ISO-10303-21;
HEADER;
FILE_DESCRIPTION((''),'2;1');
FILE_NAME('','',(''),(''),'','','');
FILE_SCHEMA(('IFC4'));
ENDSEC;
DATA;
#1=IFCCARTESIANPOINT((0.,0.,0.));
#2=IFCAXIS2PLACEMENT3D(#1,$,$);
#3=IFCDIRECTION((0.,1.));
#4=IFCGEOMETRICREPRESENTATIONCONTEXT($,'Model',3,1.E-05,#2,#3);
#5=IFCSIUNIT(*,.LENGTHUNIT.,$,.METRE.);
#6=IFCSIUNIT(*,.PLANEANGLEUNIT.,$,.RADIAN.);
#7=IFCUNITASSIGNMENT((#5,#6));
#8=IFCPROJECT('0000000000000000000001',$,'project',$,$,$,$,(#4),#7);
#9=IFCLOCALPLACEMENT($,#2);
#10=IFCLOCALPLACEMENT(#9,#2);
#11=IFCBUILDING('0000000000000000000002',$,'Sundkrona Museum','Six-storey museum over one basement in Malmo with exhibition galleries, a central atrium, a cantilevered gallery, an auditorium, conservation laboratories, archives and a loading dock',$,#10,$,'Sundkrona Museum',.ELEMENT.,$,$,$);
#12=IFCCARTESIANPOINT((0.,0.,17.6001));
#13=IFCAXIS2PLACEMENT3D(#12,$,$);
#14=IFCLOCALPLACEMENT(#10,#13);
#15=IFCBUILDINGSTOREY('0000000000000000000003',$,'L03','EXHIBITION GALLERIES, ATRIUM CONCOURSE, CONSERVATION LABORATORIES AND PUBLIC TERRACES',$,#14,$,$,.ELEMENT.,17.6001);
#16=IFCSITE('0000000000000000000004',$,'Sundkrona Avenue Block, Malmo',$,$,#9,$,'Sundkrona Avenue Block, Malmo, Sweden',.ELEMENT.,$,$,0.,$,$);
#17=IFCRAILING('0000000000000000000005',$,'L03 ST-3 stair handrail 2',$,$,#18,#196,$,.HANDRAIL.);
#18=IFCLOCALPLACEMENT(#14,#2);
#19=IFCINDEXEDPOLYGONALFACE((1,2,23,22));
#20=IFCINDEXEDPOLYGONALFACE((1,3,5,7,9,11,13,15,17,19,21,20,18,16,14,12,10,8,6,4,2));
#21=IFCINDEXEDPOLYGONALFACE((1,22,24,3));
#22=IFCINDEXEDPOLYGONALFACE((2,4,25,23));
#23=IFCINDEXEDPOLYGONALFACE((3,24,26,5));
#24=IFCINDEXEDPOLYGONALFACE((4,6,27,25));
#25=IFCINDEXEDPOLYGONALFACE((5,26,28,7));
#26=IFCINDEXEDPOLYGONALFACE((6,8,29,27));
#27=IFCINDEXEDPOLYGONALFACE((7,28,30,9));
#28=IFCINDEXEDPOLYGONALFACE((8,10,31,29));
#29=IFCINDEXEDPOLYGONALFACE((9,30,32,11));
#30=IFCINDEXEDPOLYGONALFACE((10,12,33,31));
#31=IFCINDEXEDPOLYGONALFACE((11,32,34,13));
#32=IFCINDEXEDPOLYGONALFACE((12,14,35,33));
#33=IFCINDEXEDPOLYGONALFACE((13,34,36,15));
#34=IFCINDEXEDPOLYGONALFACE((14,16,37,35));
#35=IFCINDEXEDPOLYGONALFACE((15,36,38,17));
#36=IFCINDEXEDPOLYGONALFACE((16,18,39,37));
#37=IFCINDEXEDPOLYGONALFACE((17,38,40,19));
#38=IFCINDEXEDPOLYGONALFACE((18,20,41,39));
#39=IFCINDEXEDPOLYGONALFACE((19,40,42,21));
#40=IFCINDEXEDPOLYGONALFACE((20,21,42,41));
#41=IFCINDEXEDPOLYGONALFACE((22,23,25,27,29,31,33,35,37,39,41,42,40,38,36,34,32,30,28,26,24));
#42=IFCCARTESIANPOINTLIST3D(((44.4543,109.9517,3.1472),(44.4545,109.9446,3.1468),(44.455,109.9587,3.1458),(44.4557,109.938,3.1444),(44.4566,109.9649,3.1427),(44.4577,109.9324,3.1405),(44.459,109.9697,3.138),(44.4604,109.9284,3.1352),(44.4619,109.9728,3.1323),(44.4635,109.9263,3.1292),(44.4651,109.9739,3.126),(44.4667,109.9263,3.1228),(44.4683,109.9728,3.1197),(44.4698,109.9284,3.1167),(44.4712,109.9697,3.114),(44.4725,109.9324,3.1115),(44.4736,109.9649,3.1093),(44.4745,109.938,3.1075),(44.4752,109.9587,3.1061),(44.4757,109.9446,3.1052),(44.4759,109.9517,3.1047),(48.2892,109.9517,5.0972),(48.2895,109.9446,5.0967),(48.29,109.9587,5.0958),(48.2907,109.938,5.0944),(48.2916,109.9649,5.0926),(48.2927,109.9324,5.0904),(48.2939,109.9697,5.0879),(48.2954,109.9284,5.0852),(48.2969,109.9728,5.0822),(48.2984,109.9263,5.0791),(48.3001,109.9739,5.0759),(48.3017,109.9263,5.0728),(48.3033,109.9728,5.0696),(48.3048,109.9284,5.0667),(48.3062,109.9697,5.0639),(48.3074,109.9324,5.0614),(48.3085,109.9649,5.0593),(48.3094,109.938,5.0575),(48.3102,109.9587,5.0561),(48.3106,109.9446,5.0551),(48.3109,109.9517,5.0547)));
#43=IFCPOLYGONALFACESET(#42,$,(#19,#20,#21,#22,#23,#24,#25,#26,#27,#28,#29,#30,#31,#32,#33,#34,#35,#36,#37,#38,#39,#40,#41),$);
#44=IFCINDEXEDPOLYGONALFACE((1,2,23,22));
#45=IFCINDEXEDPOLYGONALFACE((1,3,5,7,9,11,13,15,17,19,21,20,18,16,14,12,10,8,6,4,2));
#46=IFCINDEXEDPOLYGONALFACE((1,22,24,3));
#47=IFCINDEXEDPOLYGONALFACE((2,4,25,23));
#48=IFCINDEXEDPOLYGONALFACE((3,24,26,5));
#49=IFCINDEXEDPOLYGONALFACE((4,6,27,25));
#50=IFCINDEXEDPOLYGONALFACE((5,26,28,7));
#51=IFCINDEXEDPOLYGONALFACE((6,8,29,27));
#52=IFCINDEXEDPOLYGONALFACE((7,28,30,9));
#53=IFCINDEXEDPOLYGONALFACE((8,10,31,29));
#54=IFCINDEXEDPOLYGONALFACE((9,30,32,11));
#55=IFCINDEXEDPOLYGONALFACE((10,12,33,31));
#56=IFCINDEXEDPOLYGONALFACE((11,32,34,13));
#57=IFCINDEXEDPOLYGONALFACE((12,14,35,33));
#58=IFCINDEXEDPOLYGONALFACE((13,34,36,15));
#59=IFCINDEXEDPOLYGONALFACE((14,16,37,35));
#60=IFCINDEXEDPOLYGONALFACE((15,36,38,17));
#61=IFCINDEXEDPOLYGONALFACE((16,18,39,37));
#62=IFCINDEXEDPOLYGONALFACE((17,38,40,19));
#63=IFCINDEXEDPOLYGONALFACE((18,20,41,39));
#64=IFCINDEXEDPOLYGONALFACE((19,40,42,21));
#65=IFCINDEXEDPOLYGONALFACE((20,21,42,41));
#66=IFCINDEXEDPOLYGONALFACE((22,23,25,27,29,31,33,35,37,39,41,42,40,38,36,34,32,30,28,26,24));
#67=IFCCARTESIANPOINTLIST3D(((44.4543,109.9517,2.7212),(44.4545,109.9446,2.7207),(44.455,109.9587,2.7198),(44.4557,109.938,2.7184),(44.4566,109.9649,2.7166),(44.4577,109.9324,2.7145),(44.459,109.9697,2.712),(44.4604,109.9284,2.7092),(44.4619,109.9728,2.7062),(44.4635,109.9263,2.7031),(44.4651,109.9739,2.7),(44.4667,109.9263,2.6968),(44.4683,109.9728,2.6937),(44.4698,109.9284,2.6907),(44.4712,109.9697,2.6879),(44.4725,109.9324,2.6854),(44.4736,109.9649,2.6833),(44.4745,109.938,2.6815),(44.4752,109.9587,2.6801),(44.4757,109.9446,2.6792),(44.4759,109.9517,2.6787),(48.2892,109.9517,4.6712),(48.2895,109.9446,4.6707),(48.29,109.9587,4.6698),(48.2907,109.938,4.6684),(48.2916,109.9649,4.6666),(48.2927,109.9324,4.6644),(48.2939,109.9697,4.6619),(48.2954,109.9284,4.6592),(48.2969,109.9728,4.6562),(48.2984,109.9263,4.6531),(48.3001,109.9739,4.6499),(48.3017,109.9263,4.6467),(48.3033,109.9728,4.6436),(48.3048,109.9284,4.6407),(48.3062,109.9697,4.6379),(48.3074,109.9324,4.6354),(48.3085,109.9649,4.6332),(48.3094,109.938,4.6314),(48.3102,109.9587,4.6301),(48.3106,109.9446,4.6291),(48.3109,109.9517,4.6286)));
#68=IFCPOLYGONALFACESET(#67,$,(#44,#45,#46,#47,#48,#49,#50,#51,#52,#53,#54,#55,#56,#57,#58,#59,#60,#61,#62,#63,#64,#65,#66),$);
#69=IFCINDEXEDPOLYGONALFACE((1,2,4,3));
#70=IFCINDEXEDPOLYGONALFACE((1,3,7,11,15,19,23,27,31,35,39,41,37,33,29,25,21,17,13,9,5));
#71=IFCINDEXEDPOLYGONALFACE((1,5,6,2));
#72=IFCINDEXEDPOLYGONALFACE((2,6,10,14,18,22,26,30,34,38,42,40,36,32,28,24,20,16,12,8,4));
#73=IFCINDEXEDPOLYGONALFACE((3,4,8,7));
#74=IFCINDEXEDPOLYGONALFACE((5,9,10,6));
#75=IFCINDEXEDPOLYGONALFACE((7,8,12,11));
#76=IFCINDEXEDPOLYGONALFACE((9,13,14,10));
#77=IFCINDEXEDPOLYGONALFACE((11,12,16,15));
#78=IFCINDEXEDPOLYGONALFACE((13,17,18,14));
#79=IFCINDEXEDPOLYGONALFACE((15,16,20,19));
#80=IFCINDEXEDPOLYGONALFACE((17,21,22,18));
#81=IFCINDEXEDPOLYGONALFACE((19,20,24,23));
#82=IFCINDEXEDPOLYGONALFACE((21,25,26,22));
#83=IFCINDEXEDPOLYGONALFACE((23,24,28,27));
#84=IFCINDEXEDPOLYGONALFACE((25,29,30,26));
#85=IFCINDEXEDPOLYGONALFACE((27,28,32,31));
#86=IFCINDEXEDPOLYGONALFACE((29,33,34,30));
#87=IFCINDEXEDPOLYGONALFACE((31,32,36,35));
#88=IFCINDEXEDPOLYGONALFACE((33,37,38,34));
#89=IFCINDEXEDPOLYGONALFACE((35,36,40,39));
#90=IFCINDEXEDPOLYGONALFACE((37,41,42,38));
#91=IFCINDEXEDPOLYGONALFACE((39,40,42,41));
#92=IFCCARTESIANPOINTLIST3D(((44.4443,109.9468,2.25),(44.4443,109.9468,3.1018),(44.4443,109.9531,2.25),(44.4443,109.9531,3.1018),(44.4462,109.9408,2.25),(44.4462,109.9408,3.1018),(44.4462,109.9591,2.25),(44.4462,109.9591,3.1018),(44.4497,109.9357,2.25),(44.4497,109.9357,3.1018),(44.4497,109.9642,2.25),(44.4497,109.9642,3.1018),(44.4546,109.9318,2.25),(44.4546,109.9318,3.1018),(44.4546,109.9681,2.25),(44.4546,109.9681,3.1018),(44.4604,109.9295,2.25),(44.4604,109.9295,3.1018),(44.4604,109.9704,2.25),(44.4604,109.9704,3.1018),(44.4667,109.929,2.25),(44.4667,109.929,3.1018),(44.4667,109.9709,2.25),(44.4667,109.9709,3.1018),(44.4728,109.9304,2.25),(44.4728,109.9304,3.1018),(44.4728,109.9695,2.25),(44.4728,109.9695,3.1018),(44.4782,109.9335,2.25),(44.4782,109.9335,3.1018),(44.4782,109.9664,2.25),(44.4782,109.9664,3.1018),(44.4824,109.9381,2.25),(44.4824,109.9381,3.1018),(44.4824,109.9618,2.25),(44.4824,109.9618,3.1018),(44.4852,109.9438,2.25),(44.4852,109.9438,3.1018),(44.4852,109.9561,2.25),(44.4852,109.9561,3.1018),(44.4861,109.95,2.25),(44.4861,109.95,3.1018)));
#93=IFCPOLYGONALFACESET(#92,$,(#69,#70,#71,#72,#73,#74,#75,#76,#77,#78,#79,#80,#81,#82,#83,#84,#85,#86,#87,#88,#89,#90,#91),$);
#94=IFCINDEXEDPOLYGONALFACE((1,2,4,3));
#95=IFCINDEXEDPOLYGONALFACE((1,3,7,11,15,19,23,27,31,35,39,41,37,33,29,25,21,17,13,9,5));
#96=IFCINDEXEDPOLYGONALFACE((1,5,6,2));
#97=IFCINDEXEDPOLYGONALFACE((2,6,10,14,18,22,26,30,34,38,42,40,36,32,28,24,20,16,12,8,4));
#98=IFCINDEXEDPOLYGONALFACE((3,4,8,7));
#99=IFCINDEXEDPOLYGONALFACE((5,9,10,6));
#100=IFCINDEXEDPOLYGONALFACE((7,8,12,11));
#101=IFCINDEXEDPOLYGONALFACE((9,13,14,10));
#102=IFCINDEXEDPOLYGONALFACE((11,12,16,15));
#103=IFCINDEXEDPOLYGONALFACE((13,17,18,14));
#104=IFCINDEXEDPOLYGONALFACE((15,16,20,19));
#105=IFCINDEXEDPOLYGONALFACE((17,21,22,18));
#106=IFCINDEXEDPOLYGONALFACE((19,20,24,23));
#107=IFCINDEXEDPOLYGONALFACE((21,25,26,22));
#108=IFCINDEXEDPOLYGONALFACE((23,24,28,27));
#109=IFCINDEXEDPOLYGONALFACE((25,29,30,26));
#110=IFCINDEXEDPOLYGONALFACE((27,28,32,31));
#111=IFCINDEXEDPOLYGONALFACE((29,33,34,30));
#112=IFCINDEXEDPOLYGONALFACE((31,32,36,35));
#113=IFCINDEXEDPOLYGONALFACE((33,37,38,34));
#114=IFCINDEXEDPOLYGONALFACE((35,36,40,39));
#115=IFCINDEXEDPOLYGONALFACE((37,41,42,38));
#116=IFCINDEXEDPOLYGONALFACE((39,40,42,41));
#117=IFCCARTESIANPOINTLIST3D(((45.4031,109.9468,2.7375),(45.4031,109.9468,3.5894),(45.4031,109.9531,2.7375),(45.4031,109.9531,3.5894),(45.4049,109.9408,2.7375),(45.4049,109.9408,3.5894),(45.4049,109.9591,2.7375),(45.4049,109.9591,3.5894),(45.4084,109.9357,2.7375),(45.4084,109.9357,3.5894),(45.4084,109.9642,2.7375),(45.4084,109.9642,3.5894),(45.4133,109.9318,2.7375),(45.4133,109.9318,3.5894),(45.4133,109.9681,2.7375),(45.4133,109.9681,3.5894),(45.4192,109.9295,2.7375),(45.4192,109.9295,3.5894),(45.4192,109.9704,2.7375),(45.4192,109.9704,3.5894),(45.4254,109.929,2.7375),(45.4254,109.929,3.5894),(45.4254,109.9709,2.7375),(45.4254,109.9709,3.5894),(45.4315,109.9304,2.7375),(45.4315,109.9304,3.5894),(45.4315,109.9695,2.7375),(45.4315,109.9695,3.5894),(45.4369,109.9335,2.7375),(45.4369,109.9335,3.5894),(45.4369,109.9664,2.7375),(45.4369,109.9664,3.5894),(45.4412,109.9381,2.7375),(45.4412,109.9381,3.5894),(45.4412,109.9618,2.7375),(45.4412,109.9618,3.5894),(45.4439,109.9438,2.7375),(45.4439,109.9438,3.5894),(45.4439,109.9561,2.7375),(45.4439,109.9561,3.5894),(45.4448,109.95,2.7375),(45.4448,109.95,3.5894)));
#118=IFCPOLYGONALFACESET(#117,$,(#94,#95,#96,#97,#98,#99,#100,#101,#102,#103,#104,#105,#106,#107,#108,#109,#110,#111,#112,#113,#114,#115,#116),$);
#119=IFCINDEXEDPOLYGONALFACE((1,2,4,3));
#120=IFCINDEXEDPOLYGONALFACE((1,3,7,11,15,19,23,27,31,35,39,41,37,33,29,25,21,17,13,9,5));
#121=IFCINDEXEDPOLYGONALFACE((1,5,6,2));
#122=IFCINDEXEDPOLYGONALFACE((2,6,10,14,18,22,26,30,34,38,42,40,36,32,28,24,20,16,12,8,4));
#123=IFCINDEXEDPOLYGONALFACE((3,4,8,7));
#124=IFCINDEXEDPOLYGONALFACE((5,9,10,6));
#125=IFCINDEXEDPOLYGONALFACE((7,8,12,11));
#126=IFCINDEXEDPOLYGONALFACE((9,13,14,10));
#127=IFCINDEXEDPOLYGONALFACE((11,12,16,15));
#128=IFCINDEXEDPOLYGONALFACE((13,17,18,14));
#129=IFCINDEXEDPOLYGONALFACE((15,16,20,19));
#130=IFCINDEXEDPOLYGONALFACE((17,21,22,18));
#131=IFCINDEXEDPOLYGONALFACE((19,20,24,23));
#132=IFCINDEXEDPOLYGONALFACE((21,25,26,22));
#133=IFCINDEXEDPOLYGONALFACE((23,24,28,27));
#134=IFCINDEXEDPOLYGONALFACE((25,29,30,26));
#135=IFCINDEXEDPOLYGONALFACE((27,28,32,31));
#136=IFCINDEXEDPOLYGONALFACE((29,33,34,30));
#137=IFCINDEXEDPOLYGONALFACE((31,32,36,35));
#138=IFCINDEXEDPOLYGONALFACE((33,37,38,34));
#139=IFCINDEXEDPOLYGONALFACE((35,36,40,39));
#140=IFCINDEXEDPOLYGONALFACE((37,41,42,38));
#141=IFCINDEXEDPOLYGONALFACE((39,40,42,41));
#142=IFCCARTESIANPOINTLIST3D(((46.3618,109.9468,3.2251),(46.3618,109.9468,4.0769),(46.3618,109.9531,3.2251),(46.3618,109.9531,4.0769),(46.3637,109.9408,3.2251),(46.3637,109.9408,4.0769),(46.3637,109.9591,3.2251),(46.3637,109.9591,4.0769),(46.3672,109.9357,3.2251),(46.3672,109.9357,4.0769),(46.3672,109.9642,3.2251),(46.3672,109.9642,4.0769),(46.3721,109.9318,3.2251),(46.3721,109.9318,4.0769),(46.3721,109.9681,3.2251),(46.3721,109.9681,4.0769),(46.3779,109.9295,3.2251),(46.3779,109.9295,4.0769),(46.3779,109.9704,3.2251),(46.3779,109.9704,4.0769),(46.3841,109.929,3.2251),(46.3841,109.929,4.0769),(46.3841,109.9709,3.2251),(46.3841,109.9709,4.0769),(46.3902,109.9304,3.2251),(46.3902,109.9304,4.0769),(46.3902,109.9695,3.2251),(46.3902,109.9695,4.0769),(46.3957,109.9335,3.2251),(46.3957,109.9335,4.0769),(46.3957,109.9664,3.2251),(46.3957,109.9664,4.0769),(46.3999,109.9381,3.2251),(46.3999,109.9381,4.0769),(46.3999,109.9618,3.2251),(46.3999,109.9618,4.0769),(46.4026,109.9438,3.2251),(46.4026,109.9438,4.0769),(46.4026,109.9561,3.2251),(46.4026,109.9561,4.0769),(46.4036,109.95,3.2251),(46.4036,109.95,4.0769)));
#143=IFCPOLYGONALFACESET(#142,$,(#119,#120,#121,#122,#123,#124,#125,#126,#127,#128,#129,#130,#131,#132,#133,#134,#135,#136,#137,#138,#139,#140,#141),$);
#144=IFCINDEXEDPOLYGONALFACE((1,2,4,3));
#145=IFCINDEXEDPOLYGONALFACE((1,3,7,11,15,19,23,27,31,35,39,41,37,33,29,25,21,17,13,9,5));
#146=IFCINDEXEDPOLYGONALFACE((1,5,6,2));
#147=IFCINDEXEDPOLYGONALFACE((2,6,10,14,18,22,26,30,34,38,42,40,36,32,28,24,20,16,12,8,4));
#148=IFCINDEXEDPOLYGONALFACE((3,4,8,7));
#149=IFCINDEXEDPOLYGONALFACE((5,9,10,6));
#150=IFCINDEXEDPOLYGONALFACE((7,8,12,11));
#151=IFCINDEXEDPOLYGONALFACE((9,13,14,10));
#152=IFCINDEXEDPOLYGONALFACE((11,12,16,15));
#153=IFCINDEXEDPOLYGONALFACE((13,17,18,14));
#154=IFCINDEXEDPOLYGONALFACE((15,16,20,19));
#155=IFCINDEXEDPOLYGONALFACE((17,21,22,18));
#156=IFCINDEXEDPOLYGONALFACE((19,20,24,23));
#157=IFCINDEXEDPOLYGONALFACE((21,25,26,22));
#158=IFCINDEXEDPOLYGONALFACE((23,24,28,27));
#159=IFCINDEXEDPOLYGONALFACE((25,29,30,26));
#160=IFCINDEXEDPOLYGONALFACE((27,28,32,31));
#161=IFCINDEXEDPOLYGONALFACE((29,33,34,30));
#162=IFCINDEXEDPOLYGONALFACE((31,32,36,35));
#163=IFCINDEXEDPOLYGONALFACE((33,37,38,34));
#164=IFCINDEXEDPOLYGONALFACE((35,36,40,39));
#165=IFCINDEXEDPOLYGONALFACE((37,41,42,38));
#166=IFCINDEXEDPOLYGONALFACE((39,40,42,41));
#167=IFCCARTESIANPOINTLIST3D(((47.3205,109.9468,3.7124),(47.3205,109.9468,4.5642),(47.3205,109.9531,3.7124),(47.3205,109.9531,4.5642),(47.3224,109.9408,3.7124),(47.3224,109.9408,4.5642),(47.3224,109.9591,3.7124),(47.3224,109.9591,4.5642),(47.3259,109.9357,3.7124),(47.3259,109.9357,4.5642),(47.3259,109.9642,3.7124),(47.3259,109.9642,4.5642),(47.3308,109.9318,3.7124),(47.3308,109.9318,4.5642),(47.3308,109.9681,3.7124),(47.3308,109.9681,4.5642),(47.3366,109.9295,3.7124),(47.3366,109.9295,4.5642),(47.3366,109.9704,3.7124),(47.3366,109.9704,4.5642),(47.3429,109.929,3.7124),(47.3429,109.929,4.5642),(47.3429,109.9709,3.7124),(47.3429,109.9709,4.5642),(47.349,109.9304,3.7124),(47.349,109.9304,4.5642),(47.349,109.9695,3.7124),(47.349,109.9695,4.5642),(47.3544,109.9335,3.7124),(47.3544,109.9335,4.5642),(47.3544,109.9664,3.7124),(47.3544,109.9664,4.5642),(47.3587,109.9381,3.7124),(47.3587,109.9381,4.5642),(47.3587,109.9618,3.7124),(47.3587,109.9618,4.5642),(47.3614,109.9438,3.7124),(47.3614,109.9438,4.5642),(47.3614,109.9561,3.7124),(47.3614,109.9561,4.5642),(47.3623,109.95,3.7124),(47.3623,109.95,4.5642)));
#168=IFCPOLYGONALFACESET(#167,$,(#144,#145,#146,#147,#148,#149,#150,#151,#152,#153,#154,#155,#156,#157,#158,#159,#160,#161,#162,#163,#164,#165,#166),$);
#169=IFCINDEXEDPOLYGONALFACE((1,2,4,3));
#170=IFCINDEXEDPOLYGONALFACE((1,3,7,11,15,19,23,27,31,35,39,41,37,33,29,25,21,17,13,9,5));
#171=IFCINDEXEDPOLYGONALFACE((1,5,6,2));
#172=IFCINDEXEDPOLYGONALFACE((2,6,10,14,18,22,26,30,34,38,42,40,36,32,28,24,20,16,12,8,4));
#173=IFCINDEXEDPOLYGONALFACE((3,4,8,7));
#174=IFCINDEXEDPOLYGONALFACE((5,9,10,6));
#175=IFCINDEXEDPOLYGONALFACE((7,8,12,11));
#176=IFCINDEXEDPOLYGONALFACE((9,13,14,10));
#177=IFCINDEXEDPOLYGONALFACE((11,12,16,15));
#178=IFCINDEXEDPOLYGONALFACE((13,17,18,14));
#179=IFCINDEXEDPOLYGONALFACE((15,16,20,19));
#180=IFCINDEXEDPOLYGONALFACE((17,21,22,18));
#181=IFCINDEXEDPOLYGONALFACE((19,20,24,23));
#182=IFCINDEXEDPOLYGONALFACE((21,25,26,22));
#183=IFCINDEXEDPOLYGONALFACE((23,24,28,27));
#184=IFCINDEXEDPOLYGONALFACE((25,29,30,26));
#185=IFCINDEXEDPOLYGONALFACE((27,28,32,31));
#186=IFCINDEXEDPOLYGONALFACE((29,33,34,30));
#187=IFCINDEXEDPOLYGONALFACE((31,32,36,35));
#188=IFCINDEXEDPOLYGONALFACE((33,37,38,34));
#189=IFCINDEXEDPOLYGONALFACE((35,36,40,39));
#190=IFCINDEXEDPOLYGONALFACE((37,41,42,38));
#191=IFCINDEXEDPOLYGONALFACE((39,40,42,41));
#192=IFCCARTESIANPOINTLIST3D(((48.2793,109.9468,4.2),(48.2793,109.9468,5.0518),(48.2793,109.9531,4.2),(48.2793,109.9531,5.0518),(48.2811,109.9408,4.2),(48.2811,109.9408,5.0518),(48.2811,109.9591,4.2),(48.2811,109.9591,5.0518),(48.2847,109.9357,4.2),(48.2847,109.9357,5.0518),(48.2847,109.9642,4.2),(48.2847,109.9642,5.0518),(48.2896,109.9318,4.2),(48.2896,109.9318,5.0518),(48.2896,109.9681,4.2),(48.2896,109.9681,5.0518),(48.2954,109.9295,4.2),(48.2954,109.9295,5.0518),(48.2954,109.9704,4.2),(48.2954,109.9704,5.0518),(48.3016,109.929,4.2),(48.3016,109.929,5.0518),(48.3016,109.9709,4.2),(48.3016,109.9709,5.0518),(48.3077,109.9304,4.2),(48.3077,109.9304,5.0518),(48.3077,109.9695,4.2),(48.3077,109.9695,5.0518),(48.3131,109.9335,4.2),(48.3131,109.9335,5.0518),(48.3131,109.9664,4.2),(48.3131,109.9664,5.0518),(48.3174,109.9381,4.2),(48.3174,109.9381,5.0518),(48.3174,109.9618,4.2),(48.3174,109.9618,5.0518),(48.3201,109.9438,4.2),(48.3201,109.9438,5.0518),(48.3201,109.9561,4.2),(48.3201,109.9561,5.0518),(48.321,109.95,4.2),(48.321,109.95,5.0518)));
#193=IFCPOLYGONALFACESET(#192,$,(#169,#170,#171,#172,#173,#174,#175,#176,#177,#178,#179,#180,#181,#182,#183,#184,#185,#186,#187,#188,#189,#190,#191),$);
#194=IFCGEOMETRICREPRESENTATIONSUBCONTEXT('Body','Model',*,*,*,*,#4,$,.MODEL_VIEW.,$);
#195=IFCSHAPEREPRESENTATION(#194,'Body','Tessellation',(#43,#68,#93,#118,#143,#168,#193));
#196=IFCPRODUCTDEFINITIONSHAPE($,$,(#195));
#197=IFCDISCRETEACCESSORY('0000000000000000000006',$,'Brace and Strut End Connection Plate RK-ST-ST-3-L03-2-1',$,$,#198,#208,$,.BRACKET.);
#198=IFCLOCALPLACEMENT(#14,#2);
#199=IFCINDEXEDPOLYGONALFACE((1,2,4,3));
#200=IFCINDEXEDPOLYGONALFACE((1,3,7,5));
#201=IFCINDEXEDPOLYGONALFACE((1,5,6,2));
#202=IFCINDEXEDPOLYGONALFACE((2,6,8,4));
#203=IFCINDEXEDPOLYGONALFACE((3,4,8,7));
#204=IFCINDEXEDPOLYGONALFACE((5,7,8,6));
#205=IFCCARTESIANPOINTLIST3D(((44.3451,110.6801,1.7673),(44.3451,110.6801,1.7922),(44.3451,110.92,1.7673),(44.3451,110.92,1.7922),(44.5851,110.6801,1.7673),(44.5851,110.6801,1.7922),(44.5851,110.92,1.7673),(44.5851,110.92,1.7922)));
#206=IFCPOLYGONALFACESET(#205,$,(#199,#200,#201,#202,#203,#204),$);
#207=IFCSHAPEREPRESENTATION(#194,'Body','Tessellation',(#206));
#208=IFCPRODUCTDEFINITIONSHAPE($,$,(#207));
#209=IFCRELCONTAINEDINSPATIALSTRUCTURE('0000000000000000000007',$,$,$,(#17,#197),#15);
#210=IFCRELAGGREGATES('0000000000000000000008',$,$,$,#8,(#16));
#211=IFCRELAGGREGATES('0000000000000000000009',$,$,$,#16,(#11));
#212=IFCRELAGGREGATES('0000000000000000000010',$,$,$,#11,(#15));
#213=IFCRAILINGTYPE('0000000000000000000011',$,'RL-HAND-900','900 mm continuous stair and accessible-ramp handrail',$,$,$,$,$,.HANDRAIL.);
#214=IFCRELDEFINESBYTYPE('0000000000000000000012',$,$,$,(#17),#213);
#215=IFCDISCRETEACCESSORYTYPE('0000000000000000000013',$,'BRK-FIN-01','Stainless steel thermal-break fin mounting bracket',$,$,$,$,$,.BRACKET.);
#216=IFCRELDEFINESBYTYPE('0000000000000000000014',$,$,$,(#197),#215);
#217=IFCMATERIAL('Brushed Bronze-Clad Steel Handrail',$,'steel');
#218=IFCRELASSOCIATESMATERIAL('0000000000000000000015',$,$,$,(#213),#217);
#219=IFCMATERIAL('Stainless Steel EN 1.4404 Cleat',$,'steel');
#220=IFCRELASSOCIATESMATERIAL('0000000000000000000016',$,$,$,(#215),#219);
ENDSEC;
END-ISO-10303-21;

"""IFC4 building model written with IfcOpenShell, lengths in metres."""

from ifc_helpers import new_model, si_unit, direction, frame, origin, origin_2d, place, context, subcontext, project, spatial, rectangle, circle, extrude, material, type_object, element, save


model = new_model("IFC4")

# Units and contexts
model_context = context("Model", 3, precision=1e-05, world=origin(), true_north=direction((0.0, 1.0)))
body_context = subcontext(model_context, "Body", "Model", "MODEL_VIEW")
ifc_project = project(units=[si_unit("LENGTHUNIT", "METRE"), si_unit("PLANEANGLEUNIT", "RADIAN")], contexts=[model_context])

# Site, building, storey
site_placement = place(None, origin())
site = spatial("IfcSite", under=ifc_project, at=site_placement, Name="Sundkrona Avenue Block, Malmo", LongName="Sundkrona Avenue Block, Malmo, Sweden", CompositionType="ELEMENT", RefElevation=0.0)
building_placement = place(site_placement, origin())
building = spatial("IfcBuilding", under=site, at=building_placement, Name="Sundkrona Museum", Description="Six-storey museum over one basement in Malmo with exhibition galleries, a central atrium, a cantilevered gallery, an auditorium, conservation laboratories, archives and a loading dock", LongName="Sundkrona Museum", CompositionType="ELEMENT")
storey_placement = place(building_placement, frame((0.0, 0.0, 17.6001)))
storey = spatial("IfcBuildingStorey", under=building, at=storey_placement, Name="L03", Description="EXHIBITION GALLERIES, ATRIUM CONCOURSE, CONSERVATION LABORATORIES AND PUBLIC TERRACES", CompositionType="ELEMENT", Elevation=17.6001)

# Railing
ifc_material_1 = material(Name="Brushed Bronze-Clad Steel Handrail", Category="steel")
railing_type_1 = type_object("IfcRailingType", Name="RL-HAND-900", Description="900 mm continuous stair and accessible-ramp handrail", PredefinedType="HANDRAIL", material=ifc_material_1)
railing_1_placement = place(storey_placement, frame((44.4651, 109.95, 2.25)))
element("IfcRailing", 1, at=railing_1_placement, inside=storey, type_object=railing_type_1, Name="L03 ST-3 stair handrail 2", PredefinedType="HANDRAIL", context=body_context, shape_type="SweptSolid", body=[
    extrude(circle(Radius=0.0239, at=origin_2d()), frame((0.0, 0.0, 0.876), z_axis=(0.891388, 0.0, 0.453241), x_axis=(0.0, 1.0, 0.0)), (0.0, 0.0, 1.0), 4.3022),
    extrude(circle(Radius=0.0239, at=origin_2d()), frame((0.0, 0.0, 0.45), z_axis=(0.891388, 0.0, 0.453241), x_axis=(0.0, 1.0, 0.0)), (0.0, 0.0, 1.0), 4.3022),
    extrude(circle(Radius=0.021, at=origin_2d()), origin(), (0.0, 0.0, 1.0), 0.8518),
    extrude(circle(Radius=0.021, at=origin_2d()), frame((0.9587, 0.0, 0.4875)), (0.0, 0.0, 1.0), 0.8518),
    extrude(circle(Radius=0.021, at=origin_2d()), frame((1.9175, 0.0, 0.9751)), (0.0, 0.0, 1.0), 0.8518),
    extrude(circle(Radius=0.021, at=origin_2d()), frame((2.8762, 0.0, 1.4624)), (0.0, 0.0, 1.0), 0.8518),
    extrude(circle(Radius=0.021, at=origin_2d()), frame((3.835, 0.0, 1.95)), (0.0, 0.0, 1.0), 0.8518),
])

# Discrete accessory
ifc_material_2 = material(Name="Stainless Steel EN 1.4404 Cleat", Category="steel")
discrete_accessory_type = type_object("IfcDiscreteAccessoryType", Name="BRK-FIN-01", Description="Stainless steel thermal-break fin mounting bracket", PredefinedType="BRACKET", material=ifc_material_2)
for number, where, z_axis, x_axis, name in (
    (2, (44.4651, 110.8, 1.7673), (0.0, 0.0, 1.0), (1.0, 0.0, 0.0), "Brace and Strut End Connection Plate RK-ST-ST-3-L03-2-1"),
):
    element("IfcDiscreteAccessory", number, at=place(storey_placement, frame(where, z_axis=z_axis, x_axis=x_axis)), inside=storey, type_object=discrete_accessory_type, Name=name, PredefinedType="BRACKET", context=body_context, shape_type="SweptSolid", body=[
        extrude(rectangle(XDim=0.24, YDim=0.24, at=origin_2d()), origin(), (0.0, 0.0, 1.0), 0.0249),
    ])

save(model, "model.ifc")
